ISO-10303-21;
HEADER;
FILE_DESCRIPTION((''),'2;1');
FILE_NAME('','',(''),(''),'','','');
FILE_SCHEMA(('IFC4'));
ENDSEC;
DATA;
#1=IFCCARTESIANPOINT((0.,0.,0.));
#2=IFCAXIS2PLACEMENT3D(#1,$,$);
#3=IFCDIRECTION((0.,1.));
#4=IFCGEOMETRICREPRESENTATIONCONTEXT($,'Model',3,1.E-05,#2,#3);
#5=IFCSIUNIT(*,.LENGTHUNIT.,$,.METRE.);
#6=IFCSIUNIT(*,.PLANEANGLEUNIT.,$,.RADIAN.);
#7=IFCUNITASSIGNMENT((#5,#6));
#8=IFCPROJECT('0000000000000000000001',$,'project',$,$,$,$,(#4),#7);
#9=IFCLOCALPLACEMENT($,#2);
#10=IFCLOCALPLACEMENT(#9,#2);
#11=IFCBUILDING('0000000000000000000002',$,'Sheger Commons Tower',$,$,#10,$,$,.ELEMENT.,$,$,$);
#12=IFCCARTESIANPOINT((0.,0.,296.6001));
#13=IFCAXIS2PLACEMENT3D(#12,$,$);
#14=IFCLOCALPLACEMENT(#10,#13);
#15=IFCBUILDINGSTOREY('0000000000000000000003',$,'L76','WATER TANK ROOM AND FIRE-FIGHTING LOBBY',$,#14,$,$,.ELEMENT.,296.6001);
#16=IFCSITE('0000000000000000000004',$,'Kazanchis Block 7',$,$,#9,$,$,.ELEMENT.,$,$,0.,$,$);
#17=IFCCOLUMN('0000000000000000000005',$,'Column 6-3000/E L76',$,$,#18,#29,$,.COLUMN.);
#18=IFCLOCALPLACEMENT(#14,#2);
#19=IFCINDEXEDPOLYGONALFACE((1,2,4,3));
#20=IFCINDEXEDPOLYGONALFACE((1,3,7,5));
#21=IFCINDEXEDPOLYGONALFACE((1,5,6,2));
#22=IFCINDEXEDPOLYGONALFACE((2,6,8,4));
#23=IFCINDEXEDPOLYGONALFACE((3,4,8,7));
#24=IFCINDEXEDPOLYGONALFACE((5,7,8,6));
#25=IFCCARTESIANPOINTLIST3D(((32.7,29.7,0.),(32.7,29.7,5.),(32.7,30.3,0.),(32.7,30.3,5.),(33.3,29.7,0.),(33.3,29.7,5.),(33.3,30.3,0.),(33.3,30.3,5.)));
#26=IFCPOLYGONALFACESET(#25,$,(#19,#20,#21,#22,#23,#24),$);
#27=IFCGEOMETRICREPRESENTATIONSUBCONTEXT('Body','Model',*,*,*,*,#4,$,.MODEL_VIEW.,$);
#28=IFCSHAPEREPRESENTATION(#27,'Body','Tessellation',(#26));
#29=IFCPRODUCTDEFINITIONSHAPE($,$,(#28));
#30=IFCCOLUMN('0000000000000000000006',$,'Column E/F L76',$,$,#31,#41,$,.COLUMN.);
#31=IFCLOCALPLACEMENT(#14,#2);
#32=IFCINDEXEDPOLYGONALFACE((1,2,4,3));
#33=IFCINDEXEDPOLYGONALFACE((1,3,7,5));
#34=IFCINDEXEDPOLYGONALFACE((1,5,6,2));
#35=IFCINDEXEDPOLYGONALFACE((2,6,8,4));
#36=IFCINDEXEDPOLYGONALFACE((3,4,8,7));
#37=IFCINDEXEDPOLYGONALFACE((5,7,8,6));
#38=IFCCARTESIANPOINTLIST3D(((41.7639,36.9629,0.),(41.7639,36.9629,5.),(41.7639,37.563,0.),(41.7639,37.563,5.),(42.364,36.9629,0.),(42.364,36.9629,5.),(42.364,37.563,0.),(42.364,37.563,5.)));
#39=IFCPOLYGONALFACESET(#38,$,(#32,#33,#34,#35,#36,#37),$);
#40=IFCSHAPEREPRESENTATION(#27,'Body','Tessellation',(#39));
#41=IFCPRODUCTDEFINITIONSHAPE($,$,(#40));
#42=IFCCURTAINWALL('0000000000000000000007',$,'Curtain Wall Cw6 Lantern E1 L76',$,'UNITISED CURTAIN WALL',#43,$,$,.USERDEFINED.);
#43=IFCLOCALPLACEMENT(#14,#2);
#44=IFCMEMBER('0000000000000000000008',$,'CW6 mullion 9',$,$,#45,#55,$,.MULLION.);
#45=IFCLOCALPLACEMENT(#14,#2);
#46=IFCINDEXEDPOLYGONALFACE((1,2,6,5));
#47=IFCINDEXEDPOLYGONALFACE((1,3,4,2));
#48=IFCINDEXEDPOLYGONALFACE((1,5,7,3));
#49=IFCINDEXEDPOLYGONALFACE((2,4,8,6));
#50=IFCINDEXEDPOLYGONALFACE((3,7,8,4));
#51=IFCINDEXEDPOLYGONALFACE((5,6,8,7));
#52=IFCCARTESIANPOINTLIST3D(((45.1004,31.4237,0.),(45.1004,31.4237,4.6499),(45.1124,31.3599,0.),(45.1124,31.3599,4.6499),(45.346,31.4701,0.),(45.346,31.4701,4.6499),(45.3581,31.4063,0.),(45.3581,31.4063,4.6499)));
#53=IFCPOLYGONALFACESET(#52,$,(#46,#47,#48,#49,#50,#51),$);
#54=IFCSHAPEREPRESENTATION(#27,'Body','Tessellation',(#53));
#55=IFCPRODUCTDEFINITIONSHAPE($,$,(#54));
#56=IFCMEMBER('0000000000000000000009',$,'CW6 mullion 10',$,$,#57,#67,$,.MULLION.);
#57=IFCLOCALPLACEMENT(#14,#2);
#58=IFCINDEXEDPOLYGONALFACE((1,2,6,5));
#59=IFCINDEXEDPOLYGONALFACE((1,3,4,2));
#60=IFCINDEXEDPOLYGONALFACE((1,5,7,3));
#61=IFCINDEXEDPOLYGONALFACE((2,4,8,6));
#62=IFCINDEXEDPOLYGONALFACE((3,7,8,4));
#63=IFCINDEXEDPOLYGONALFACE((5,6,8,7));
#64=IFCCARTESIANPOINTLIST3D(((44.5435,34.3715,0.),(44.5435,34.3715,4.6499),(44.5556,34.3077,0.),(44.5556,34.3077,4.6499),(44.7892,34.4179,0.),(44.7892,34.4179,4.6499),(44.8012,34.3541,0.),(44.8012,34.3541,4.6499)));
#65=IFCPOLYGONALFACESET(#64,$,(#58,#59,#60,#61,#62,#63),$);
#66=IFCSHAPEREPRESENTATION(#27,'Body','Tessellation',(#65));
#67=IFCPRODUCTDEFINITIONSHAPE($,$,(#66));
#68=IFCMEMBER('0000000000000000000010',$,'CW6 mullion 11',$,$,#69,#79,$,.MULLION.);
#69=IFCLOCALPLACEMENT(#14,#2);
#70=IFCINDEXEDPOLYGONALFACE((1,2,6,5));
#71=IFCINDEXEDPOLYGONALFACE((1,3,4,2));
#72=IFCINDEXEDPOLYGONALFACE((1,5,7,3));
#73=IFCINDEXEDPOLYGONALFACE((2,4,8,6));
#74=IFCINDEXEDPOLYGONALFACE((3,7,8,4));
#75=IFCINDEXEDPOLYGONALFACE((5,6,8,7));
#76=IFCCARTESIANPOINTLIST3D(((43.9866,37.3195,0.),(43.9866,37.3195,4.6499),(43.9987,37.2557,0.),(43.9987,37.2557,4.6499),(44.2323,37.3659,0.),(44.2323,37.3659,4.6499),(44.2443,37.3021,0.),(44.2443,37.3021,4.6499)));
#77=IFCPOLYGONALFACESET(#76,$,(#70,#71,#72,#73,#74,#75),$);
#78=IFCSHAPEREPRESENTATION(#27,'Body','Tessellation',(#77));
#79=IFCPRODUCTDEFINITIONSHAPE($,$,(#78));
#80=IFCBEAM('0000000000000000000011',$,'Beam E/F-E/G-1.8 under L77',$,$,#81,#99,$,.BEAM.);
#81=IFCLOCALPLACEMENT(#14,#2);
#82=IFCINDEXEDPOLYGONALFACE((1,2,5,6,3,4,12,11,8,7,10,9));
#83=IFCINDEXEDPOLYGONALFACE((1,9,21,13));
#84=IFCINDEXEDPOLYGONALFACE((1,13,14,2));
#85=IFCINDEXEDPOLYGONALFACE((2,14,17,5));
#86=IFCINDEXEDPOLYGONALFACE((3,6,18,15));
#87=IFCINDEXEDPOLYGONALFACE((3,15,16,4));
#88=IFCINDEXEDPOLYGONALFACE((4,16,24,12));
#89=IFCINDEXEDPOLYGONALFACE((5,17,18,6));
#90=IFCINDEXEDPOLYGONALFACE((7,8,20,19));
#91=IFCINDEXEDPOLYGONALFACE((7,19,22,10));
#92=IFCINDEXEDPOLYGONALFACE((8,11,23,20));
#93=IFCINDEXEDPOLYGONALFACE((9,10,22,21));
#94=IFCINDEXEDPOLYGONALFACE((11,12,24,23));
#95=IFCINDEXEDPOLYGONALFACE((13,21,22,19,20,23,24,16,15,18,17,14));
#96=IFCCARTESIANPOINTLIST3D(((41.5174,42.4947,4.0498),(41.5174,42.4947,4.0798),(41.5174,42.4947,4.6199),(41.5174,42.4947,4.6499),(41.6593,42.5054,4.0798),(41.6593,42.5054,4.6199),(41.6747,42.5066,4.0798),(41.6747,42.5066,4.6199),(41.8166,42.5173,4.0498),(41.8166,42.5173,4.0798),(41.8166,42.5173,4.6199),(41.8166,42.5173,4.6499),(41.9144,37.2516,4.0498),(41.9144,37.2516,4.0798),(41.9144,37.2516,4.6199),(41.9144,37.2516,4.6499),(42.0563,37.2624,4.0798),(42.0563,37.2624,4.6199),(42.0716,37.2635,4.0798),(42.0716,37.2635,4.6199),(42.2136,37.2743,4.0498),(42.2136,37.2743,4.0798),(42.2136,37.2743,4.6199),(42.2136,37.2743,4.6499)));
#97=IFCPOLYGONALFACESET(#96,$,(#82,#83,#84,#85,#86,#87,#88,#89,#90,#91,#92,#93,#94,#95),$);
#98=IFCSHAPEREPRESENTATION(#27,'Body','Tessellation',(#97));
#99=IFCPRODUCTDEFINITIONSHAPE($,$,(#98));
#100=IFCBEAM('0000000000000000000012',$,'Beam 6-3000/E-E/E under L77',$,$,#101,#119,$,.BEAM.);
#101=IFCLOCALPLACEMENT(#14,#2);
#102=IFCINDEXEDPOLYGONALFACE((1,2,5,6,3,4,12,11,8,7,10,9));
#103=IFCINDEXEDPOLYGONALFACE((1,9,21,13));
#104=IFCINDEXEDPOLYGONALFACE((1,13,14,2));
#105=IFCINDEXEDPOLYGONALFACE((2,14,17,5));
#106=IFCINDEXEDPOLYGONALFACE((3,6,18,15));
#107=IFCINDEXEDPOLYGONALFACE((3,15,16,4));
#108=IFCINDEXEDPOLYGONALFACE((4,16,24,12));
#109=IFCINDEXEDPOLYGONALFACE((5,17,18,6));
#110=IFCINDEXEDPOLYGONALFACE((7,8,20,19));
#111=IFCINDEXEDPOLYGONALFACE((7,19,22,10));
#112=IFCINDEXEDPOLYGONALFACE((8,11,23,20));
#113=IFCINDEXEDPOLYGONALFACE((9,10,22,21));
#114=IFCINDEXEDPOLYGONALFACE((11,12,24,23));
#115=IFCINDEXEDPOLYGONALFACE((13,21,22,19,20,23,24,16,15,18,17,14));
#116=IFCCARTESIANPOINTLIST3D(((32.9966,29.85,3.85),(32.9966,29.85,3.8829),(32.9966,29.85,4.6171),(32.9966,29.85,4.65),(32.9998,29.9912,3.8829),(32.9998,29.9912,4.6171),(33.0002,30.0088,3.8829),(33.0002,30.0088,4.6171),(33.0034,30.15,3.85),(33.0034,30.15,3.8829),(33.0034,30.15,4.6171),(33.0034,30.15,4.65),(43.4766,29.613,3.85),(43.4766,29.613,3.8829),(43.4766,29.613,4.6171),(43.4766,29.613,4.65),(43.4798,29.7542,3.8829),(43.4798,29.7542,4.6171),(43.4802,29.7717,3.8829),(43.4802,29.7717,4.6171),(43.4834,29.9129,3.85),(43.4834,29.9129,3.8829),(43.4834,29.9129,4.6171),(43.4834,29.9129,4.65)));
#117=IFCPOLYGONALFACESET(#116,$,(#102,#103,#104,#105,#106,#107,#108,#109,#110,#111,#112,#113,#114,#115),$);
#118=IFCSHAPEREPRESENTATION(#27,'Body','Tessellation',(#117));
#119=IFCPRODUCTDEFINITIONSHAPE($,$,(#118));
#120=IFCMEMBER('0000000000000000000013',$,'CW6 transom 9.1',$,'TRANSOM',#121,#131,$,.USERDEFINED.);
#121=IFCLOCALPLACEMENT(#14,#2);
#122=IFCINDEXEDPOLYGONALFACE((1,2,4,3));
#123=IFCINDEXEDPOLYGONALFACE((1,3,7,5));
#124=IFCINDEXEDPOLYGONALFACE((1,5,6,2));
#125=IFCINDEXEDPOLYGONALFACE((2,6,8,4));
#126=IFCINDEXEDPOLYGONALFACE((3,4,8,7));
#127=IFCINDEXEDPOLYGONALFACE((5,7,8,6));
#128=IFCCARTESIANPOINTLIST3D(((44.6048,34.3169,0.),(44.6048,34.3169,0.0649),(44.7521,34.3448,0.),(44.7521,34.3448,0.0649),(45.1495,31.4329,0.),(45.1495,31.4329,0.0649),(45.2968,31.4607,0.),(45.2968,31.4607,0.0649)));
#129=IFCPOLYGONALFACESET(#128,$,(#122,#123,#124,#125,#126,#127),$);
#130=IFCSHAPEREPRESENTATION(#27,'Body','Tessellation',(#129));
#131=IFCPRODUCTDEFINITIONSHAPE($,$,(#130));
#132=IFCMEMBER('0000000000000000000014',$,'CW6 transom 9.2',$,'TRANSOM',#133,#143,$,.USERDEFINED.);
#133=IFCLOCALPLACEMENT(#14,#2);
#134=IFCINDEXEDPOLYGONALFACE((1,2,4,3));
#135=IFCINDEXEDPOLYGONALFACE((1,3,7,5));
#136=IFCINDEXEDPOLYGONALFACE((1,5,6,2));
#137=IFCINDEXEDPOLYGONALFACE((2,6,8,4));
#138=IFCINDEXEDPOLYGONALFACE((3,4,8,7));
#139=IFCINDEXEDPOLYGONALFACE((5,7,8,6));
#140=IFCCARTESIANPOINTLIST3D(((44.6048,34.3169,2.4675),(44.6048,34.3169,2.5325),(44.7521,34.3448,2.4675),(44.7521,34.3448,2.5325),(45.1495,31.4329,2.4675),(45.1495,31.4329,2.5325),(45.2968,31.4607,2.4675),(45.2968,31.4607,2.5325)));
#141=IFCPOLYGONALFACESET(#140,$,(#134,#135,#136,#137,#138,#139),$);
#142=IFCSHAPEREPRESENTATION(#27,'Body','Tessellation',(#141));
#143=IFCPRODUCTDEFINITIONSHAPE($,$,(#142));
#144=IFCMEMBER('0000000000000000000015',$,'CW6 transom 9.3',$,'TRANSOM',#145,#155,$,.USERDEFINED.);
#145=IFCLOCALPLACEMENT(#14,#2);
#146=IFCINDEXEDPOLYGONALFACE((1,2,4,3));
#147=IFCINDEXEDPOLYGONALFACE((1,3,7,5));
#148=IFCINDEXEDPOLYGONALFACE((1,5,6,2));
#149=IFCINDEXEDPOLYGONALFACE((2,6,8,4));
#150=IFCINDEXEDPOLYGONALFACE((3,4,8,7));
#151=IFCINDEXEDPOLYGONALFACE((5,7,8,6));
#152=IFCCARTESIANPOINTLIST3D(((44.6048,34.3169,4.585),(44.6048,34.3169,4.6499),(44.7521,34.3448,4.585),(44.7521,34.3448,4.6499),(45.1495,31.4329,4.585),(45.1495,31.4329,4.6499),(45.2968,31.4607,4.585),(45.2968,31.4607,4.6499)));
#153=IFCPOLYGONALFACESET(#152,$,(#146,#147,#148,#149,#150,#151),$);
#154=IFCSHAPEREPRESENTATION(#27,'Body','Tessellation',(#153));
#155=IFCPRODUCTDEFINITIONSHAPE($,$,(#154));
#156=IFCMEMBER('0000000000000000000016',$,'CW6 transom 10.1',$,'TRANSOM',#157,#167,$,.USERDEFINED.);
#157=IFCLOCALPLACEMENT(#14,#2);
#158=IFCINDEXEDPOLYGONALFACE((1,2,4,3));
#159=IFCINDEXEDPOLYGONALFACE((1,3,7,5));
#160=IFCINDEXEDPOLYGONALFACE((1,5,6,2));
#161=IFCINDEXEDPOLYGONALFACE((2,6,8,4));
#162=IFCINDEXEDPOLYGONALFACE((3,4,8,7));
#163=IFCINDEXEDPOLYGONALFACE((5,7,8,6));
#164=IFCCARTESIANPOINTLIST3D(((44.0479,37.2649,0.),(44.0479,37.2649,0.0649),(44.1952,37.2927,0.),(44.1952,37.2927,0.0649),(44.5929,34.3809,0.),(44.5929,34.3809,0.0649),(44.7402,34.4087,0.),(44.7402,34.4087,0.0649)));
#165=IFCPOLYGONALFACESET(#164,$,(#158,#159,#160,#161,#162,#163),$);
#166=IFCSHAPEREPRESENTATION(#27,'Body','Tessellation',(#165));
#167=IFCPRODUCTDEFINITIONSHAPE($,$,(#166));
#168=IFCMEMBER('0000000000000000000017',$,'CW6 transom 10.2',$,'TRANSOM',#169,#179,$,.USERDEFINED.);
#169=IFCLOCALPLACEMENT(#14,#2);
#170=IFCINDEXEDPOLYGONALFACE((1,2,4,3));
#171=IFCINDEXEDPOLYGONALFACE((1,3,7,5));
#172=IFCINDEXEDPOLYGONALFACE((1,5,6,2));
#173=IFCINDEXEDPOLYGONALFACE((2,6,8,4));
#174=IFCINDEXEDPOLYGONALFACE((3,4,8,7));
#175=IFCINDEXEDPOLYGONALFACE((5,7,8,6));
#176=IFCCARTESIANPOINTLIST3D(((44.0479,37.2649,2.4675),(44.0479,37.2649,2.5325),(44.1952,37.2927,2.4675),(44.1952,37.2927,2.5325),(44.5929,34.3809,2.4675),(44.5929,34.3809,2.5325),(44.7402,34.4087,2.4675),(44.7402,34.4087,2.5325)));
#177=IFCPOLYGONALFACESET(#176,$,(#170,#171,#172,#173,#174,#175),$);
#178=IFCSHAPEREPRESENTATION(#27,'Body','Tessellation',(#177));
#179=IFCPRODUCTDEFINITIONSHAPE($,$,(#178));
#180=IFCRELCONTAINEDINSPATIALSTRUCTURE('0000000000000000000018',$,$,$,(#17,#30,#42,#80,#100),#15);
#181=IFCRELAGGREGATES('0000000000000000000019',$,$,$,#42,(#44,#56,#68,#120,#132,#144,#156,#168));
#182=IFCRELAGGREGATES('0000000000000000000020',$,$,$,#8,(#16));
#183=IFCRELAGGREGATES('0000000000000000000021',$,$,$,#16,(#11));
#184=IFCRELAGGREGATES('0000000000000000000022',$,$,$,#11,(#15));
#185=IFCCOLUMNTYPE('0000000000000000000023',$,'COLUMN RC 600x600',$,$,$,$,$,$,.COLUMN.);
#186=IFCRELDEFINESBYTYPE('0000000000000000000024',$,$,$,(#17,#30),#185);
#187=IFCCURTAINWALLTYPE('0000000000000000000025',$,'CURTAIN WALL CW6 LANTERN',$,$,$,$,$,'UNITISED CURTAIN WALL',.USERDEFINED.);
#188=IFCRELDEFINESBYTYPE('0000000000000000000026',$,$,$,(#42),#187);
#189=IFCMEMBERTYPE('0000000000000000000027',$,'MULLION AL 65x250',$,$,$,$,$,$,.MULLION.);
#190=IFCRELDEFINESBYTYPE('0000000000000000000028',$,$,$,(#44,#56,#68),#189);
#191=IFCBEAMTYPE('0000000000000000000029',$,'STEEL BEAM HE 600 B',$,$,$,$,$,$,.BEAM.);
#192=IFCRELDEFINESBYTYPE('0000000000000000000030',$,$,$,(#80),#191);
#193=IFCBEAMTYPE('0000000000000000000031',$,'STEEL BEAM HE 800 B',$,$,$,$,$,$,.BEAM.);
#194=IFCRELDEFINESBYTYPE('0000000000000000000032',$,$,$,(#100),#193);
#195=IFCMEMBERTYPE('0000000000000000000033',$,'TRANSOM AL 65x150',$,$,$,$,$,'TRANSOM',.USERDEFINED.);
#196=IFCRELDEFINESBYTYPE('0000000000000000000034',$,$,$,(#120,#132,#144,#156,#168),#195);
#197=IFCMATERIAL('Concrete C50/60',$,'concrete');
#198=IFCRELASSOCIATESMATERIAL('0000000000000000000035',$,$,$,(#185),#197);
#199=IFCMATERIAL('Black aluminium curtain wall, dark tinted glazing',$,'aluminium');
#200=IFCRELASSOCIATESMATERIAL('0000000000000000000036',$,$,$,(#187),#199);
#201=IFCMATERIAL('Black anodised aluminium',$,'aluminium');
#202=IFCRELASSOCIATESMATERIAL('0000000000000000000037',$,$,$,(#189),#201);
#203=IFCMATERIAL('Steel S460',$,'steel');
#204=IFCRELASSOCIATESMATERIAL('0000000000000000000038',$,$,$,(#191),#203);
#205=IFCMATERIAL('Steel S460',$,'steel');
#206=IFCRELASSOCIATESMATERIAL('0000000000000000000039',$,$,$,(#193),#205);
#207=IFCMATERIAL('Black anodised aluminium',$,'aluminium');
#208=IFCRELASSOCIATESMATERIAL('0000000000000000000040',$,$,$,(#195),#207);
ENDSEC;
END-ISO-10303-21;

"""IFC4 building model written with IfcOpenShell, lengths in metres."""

from ifc_helpers import new_model, si_unit, direction, frame, origin, origin_2d, place, context, subcontext, project, spatial, rectangle, i_section, extrude, material, material_profile, profile_set, type_object, element, aggregate, save


model = new_model("IFC4")

# Units and contexts
model_context = context("Model", 3, precision=1e-05, world=origin(), true_north=direction((0.0, 1.0)))
body_context = subcontext(model_context, "Body", "Model", "MODEL_VIEW")
ifc_project = project(units=[si_unit("LENGTHUNIT", "METRE"), si_unit("PLANEANGLEUNIT", "RADIAN")], contexts=[model_context])

# Site, building, storey
site_placement = place(None, origin())
site = spatial("IfcSite", under=ifc_project, at=site_placement, Name="Kazanchis Block 7", CompositionType="ELEMENT", RefElevation=0.0)
building_placement = place(site_placement, origin())
building = spatial("IfcBuilding", under=site, at=building_placement, Name="Sheger Commons Tower", CompositionType="ELEMENT")
storey_placement = place(building_placement, frame((0.0, 0.0, 296.6001)))
storey = spatial("IfcBuildingStorey", under=building, at=storey_placement, Name="L76", Description="WATER TANK ROOM AND FIRE-FIGHTING LOBBY", CompositionType="ELEMENT", Elevation=296.6001)

# Columns
ifc_material_1 = material(Name="Concrete C50/60", Category="concrete")
ifc_material_profile_1 = material_profile(ifc_material_1, rectangle(XDim=0.6001, YDim=0.6001, at=origin_2d()), Name="RC 600x600")
ifc_profile_set_1 = profile_set([ifc_material_profile_1], Name="Concrete C50/60")
column_type = type_object("IfcColumnType", Name="COLUMN RC 600x600", PredefinedType="COLUMN", material=ifc_profile_set_1)
for number, where, z_axis, x_axis, name in (
    (1, (33.0, 30.0, 0.0), (0.0, 0.0, 1.0), (1.0, 0.0, 0.0), "Column 6-3000/E L76"),
    (2, (42.064, 37.2629, 0.0), (0.0, 0.0, 1.0), (1.0, 0.0, 0.0), "Column E/F L76"),
):
    element("IfcColumn", number, at=place(storey_placement, frame(where, z_axis=z_axis, x_axis=x_axis)), inside=storey, type_object=column_type, Name=name, PredefinedType="COLUMN", context=body_context, shape_type="SweptSolid", body=[
        extrude(rectangle(XDim=0.6001, YDim=0.6001, at=origin_2d()), origin(), (0.0, 0.0, 1.0), 5.0),
    ])

# Curtain wall, members
ifc_material_2 = material(Name="Black aluminium curtain wall, dark tinted glazing", Category="aluminium")
curtain_wall_type = type_object("IfcCurtainWallType", Name="CURTAIN WALL CW6 LANTERN", ElementType="UNITISED CURTAIN WALL", PredefinedType="USERDEFINED", material=ifc_material_2)
curtain_wall_placement = place(storey_placement, origin())
curtain_wall = element("IfcCurtainWall", 3, at=curtain_wall_placement, inside=storey, type_object=curtain_wall_type, Name="Curtain Wall Cw6 Lantern E1 L76", ObjectType="UNITISED CURTAIN WALL", PredefinedType="USERDEFINED")
ifc_material_3 = material(Name="Black anodised aluminium", Category="aluminium")
ifc_material_profile_2 = material_profile(ifc_material_3, rectangle(XDim=0.25, YDim=0.0649, at=origin_2d()), Name="AL 65x250")
ifc_profile_set_2 = profile_set([ifc_material_profile_2], Name="Black anodised aluminium")
member_type_1 = type_object("IfcMemberType", Name="MULLION AL 65x250", PredefinedType="MULLION", material=ifc_profile_set_2)
member_1_placement = place(storey_placement, frame((45.2292, 31.415, 0.0), z_axis=(0.0, 0.0, 1.0), x_axis=(-0.982623, -0.185613, 0.0)))
member_1 = element("IfcMember", 4, at=member_1_placement, type_object=member_type_1, Name="CW6 mullion 9", PredefinedType="MULLION", context=body_context, shape_type="SweptSolid", body=[
    extrude(rectangle(XDim=0.25, YDim=0.0649, at=origin_2d()), origin(), (0.0, 0.0, 1.0), 4.6499),
])
member_2_placement = place(storey_placement, frame((44.6724, 34.3628, 0.0), z_axis=(0.0, 0.0, 1.0), x_axis=(-0.982623, -0.185613, 0.0)))
member_2 = element("IfcMember", 5, at=member_2_placement, type_object=member_type_1, Name="CW6 mullion 10", PredefinedType="MULLION", context=body_context, shape_type="SweptSolid", body=[
    extrude(rectangle(XDim=0.25, YDim=0.0649, at=origin_2d()), origin(), (0.0, 0.0, 1.0), 4.6499),
])
member_3_placement = place(storey_placement, frame((44.1155, 37.3108, 0.0), z_axis=(0.0, 0.0, 1.0), x_axis=(-0.982623, -0.185613, 0.0)))
member_3 = element("IfcMember", 6, at=member_3_placement, type_object=member_type_1, Name="CW6 mullion 11", PredefinedType="MULLION", context=body_context, shape_type="SweptSolid", body=[
    extrude(rectangle(XDim=0.25, YDim=0.0649, at=origin_2d()), origin(), (0.0, 0.0, 1.0), 4.6499),
])

# Beams
ifc_material_4 = material(Name="Steel S460", Category="steel")
ifc_material_profile_3 = material_profile(ifc_material_4, i_section(OverallWidth=0.3, OverallDepth=0.6001, WebThickness=0.0154, FlangeThickness=0.03, at=origin_2d()), Name="HE 600 B")
ifc_profile_set_3 = profile_set([ifc_material_profile_3], Name="Steel S460")
beam_type_1 = type_object("IfcBeamType", Name="STEEL BEAM HE 600 B", PredefinedType="BEAM", material=ifc_profile_set_3)
beam_1_placement = place(storey_placement, frame((42.064, 37.2629, 4.3499), z_axis=(-0.075496, 0.997146, 0.0), x_axis=(-0.997146, -0.075496, 0.0)))
element("IfcBeam", 7, at=beam_1_placement, inside=storey, type_object=beam_type_1, Name="Beam E/F-E/G-1.8 under L77", PredefinedType="BEAM", context=body_context, shape_type="SweptSolid", body=[
    extrude(i_section(OverallWidth=0.3, OverallDepth=0.6001, WebThickness=0.0154, FlangeThickness=0.03, at=origin_2d()), origin(), (0.0, 0.0, 1.0), 5.2581),
])
ifc_material_5 = material(Name="Steel S460", Category="steel")
ifc_material_profile_4 = material_profile(ifc_material_5, i_section(OverallWidth=0.3, OverallDepth=0.8, WebThickness=0.0176, FlangeThickness=0.033, at=origin_2d()), Name="HE 800 B")
ifc_profile_set_4 = profile_set([ifc_material_profile_4], Name="Steel S460")
beam_type_2 = type_object("IfcBeamType", Name="STEEL BEAM HE 800 B", PredefinedType="BEAM", material=ifc_profile_set_4)
beam_2_placement = place(storey_placement, frame((33.0, 30.0, 4.25), z_axis=(0.999744, -0.022615, 0.0), x_axis=(0.022615, 0.999744, 0.0)))
element("IfcBeam", 8, at=beam_2_placement, inside=storey, type_object=beam_type_2, Name="Beam 6-3000/E-E/E under L77", PredefinedType="BEAM", context=body_context, shape_type="SweptSolid", body=[
    extrude(i_section(OverallWidth=0.3, OverallDepth=0.8, WebThickness=0.0176, FlangeThickness=0.033, at=origin_2d()), origin(), (0.0, 0.0, 1.0), 10.4827),
])

# Members
ifc_material_6 = material(Name="Black anodised aluminium", Category="aluminium")
ifc_material_profile_5 = material_profile(ifc_material_6, rectangle(XDim=0.1499, YDim=0.0649, at=origin_2d()), Name="AL 65x150")
ifc_profile_set_5 = profile_set([ifc_material_profile_5], Name="Black anodised aluminium")
member_type_2 = type_object("IfcMemberType", Name="TRANSOM AL 65x150", ElementType="TRANSOM", PredefinedType="USERDEFINED", material=ifc_profile_set_5)
member_4_placement = place(storey_placement, frame((45.2231, 31.4468, 0.0325), z_axis=(-0.185579, 0.982629, 0.0), x_axis=(-0.982629, -0.185579, 0.0)))
member_4 = element("IfcMember", 9, at=member_4_placement, type_object=member_type_2, Name="CW6 transom 9.1", ObjectType="TRANSOM", PredefinedType="USERDEFINED", context=body_context, shape_type="SweptSolid", body=[
    extrude(rectangle(XDim=0.1499, YDim=0.0649, at=origin_2d()), origin(), (0.0, 0.0, 1.0), 2.9351),
])
member_5_placement = place(storey_placement, frame((45.2231, 31.4468, 2.5), z_axis=(-0.185579, 0.982629, 0.0), x_axis=(-0.982629, -0.185579, 0.0)))
member_5 = element("IfcMember", 10, at=member_5_placement, type_object=member_type_2, Name="CW6 transom 9.2", ObjectType="TRANSOM", PredefinedType="USERDEFINED", context=body_context, shape_type="SweptSolid", body=[
    extrude(rectangle(XDim=0.1499, YDim=0.0649, at=origin_2d()), origin(), (0.0, 0.0, 1.0), 2.9351),
])
member_6_placement = place(storey_placement, frame((45.2231, 31.4468, 4.6174), z_axis=(-0.185579, 0.982629, 0.0), x_axis=(-0.982629, -0.185579, 0.0)))
member_6 = element("IfcMember", 11, at=member_6_placement, type_object=member_type_2, Name="CW6 transom 9.3", ObjectType="TRANSOM", PredefinedType="USERDEFINED", context=body_context, shape_type="SweptSolid", body=[
    extrude(rectangle(XDim=0.1499, YDim=0.0649, at=origin_2d()), origin(), (0.0, 0.0, 1.0), 2.9351),
])
member_7_placement = place(storey_placement, frame((44.6665, 34.3948, 0.0325), z_axis=(-0.185659, 0.982614, 0.0), x_axis=(-0.982614, -0.185659, 0.0)))
member_7 = element("IfcMember", 12, at=member_7_placement, type_object=member_type_2, Name="CW6 transom 10.1", ObjectType="TRANSOM", PredefinedType="USERDEFINED", context=body_context, shape_type="SweptSolid", body=[
    extrude(rectangle(XDim=0.1499, YDim=0.0649, at=origin_2d()), origin(), (0.0, 0.0, 1.0), 2.9351),
])
member_8_placement = place(storey_placement, frame((44.6665, 34.3948, 2.5), z_axis=(-0.185659, 0.982614, 0.0), x_axis=(-0.982614, -0.185659, 0.0)))
member_8 = element("IfcMember", 13, at=member_8_placement, type_object=member_type_2, Name="CW6 transom 10.2", ObjectType="TRANSOM", PredefinedType="USERDEFINED", context=body_context, shape_type="SweptSolid", body=[
    extrude(rectangle(XDim=0.1499, YDim=0.0649, at=origin_2d()), origin(), (0.0, 0.0, 1.0), 2.9351),
])

aggregate(curtain_wall, [member_1, member_2, member_3, member_4, member_5, member_6, member_7, member_8])

save(model, "model.ifc")
